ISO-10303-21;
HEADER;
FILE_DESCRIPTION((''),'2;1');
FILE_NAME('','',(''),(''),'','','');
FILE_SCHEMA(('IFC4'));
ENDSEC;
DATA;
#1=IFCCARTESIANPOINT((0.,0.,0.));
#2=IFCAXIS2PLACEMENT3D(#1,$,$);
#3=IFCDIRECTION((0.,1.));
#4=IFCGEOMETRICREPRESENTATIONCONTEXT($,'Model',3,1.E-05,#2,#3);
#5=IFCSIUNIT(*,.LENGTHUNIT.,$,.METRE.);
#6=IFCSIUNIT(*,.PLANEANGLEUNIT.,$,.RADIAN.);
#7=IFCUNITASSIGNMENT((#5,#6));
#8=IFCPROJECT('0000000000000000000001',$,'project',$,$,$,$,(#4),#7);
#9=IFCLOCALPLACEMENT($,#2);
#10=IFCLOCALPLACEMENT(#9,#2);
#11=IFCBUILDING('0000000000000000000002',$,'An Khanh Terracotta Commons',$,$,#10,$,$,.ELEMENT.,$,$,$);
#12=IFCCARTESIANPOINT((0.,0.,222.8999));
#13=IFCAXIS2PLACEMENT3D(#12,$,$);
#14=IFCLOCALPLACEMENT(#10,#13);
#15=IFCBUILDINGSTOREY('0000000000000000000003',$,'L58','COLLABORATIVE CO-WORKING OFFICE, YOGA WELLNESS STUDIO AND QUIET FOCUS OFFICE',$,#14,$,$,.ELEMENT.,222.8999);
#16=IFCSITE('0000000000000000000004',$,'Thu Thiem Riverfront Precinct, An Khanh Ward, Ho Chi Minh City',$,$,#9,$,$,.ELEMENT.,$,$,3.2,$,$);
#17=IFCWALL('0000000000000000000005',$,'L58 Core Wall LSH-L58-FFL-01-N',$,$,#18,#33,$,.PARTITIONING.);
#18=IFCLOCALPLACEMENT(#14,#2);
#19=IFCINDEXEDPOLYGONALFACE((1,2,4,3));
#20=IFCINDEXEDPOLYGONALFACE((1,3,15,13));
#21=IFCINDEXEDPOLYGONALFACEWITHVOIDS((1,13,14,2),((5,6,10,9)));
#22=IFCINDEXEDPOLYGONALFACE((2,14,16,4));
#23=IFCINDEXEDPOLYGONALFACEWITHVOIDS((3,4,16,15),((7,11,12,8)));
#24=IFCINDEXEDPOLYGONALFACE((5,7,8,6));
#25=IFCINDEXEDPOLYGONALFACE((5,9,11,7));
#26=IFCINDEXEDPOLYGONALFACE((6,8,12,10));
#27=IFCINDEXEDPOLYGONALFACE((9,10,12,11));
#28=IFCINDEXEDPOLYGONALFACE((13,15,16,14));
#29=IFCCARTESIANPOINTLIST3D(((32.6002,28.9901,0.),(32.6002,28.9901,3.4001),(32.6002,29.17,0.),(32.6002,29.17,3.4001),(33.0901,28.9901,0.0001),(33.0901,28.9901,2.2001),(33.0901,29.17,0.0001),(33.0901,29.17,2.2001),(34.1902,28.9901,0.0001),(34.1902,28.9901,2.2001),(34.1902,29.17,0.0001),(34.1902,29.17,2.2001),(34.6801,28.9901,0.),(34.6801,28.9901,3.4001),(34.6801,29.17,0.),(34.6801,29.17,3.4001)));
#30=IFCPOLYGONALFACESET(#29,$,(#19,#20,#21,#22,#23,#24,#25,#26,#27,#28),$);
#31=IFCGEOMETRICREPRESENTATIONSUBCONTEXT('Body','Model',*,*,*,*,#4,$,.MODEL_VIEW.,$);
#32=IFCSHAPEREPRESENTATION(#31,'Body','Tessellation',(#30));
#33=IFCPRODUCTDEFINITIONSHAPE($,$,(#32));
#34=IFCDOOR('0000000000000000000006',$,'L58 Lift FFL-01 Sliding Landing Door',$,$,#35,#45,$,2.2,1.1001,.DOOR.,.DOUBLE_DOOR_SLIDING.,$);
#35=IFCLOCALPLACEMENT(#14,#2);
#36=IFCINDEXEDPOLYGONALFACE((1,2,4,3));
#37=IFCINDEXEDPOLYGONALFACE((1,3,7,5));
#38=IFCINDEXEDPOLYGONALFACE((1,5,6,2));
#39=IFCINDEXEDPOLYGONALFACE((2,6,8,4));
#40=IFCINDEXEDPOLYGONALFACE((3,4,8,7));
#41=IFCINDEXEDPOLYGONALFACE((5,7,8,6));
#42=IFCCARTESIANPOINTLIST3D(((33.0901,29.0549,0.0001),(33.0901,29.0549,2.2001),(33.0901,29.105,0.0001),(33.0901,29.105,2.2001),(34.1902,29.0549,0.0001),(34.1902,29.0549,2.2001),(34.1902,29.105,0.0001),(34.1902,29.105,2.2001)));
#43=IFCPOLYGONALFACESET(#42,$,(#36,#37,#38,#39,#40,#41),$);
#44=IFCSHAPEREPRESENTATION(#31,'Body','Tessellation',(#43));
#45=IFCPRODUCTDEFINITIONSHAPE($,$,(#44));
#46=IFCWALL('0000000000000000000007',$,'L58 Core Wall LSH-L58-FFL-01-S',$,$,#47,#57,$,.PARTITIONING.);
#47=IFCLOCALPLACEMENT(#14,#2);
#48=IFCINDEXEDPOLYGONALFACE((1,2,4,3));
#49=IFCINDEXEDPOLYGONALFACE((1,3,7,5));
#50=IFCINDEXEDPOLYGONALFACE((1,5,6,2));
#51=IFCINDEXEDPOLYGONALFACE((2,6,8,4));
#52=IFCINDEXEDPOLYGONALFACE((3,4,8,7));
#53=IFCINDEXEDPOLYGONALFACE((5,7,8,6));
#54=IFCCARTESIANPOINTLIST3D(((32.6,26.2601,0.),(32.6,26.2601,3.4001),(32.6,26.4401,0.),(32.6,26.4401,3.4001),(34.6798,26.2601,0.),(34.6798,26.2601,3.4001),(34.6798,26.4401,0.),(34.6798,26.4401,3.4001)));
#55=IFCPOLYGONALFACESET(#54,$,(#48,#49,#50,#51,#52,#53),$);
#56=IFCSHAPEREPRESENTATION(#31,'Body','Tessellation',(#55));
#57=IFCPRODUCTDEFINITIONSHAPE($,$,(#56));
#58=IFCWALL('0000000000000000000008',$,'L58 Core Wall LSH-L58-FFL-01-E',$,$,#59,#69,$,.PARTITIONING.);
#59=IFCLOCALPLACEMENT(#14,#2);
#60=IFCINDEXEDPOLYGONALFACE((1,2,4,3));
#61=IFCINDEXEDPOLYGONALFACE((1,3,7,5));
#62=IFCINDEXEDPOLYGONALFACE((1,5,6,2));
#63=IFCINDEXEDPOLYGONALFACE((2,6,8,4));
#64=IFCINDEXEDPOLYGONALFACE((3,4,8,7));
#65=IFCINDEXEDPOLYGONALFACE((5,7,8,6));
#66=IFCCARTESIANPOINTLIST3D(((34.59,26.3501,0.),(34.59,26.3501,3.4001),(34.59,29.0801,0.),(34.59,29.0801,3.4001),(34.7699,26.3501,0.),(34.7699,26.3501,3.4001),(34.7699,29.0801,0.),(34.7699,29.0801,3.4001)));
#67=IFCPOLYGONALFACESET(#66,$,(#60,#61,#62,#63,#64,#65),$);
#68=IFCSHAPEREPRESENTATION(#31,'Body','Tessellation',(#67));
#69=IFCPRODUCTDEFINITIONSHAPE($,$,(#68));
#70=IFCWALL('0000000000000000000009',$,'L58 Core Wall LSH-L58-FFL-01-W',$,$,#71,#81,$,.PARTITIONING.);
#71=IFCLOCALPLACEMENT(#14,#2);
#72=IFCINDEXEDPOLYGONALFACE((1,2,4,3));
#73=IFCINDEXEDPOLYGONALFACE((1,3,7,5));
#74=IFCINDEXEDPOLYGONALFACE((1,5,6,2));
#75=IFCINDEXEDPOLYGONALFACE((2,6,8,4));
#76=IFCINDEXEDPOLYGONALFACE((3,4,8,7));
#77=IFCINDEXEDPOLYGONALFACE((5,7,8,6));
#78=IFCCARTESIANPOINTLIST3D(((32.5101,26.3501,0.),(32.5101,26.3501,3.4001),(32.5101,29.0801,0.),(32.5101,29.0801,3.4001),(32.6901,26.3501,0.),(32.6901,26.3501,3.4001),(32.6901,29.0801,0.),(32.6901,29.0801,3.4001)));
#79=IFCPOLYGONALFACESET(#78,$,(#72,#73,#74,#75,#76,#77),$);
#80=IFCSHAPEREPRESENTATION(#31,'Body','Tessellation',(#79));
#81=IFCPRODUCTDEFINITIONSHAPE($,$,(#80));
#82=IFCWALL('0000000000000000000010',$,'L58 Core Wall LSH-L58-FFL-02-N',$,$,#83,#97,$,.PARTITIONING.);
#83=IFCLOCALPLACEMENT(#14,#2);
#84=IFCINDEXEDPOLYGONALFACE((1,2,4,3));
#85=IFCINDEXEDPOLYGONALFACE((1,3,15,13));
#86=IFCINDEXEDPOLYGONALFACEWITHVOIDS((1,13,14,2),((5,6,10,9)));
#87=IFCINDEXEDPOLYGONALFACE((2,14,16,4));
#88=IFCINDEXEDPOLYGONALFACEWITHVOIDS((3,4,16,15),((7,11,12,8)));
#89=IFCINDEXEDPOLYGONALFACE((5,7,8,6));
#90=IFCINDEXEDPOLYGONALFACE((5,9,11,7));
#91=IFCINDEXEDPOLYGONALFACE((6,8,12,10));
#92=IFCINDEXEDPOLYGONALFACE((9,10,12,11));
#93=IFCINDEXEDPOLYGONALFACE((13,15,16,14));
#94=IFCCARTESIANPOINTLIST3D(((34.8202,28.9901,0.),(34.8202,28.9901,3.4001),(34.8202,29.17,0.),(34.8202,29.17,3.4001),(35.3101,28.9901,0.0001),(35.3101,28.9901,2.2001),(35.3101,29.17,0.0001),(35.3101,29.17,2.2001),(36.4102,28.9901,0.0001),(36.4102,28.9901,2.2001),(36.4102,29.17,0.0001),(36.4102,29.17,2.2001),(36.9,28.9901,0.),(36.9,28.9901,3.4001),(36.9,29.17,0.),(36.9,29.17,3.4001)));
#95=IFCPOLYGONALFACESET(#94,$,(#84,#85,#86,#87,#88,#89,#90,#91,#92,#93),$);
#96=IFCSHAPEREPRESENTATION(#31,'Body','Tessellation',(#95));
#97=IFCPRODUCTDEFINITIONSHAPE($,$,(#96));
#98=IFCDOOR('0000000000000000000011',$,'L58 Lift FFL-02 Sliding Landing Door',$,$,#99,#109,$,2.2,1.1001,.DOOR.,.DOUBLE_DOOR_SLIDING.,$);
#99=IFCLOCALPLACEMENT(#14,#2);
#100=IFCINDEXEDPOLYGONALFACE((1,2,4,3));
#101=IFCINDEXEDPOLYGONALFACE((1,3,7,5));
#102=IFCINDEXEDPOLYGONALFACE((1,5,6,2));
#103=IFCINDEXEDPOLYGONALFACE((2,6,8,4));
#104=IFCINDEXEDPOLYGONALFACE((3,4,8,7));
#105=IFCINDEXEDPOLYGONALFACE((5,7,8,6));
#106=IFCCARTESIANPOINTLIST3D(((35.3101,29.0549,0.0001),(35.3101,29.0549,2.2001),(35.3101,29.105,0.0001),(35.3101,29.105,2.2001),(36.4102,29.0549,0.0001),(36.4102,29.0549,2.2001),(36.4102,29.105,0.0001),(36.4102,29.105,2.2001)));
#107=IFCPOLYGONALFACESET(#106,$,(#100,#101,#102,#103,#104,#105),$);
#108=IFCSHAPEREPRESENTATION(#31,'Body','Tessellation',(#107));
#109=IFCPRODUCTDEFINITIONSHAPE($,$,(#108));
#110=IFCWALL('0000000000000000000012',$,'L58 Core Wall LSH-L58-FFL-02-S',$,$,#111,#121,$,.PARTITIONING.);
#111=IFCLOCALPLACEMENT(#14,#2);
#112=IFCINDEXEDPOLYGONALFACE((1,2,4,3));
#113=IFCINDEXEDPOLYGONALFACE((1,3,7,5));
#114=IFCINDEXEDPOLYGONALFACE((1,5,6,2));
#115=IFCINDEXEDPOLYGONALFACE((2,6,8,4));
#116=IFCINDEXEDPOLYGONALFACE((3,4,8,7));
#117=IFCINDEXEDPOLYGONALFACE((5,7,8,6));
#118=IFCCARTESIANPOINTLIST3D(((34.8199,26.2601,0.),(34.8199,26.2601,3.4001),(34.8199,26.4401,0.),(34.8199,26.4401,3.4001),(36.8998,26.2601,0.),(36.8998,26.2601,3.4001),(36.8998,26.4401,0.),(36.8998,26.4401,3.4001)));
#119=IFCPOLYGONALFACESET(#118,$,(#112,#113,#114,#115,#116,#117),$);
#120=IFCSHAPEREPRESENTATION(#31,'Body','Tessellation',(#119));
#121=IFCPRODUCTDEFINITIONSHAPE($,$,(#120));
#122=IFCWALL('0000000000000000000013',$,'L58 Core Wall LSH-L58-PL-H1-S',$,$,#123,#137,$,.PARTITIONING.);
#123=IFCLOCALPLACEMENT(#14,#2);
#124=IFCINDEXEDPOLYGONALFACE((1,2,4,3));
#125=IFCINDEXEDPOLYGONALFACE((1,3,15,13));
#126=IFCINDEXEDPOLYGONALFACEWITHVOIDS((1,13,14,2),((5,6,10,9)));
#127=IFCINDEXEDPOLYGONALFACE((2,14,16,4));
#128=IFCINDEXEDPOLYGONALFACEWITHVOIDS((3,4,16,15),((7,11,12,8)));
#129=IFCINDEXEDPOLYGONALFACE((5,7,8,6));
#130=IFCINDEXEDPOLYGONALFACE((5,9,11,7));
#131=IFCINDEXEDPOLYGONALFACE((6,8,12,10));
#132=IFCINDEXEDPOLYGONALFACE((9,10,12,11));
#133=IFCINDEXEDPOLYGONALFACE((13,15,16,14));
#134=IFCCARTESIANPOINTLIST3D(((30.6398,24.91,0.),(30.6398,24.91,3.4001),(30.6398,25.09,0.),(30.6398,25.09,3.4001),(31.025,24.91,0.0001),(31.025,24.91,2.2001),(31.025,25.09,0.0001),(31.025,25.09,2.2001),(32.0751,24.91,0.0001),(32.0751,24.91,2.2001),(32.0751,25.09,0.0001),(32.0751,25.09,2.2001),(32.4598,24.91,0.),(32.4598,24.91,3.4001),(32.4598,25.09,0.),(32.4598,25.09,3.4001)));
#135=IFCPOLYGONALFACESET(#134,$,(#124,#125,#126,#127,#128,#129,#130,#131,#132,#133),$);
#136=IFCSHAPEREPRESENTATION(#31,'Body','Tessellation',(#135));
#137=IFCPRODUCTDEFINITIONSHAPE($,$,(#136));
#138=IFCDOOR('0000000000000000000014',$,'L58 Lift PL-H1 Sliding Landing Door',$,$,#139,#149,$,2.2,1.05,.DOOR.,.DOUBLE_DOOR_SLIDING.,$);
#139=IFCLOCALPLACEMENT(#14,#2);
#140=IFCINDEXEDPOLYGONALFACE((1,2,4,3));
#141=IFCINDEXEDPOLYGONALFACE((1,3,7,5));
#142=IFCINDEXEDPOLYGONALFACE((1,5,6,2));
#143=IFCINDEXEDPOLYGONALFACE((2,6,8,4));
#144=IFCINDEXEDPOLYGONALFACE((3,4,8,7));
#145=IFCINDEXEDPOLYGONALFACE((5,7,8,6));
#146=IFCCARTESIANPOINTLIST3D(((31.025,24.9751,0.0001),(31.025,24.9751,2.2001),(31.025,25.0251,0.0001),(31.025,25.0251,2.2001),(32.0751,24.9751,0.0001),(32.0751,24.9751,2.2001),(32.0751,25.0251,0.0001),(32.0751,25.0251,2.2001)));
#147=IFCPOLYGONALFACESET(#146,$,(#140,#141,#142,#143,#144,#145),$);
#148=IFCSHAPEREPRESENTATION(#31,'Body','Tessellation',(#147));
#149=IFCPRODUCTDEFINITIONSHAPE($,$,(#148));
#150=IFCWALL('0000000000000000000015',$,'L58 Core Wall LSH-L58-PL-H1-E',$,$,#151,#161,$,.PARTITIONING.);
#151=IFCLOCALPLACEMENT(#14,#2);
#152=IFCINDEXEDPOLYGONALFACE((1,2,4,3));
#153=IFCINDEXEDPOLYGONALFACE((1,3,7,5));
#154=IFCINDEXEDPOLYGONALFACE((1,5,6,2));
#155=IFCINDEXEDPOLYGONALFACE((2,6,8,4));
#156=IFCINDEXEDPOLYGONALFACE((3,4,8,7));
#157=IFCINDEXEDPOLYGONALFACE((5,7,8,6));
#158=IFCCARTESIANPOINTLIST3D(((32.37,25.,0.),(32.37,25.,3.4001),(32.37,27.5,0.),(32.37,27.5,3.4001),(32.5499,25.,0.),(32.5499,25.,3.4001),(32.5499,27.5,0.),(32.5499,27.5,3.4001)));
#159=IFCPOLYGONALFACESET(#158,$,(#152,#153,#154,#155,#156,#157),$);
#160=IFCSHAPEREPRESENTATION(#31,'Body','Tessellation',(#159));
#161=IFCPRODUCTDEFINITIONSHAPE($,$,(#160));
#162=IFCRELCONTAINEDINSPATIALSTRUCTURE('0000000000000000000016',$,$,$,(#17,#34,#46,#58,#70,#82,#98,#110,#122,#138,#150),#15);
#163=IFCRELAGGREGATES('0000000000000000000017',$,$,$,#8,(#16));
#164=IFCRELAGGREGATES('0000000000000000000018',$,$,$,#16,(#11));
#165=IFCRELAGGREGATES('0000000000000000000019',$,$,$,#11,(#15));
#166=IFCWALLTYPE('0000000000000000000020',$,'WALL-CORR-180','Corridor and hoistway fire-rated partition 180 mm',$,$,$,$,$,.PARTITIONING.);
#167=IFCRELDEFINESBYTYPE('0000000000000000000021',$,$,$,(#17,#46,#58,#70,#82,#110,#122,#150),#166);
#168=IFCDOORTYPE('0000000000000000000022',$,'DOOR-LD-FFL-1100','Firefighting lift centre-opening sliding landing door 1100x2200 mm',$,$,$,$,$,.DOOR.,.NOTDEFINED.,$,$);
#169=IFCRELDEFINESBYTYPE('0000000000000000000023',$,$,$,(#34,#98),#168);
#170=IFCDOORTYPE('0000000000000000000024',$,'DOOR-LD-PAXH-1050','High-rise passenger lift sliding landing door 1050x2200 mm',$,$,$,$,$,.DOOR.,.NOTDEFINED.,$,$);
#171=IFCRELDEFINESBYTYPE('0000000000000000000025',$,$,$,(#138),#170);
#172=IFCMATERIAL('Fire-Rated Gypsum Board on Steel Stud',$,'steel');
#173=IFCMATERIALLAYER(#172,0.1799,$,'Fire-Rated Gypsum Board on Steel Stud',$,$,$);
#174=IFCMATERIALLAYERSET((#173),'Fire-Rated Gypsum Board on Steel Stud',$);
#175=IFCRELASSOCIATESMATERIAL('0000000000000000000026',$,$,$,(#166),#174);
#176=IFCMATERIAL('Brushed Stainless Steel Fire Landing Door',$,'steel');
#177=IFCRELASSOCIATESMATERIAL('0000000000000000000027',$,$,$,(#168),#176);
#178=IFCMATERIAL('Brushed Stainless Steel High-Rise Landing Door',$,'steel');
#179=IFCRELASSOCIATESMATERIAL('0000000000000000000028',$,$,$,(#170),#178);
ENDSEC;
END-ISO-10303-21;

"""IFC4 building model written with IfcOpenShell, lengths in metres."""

from ifc_helpers import new_model, si_unit, direction, frame, frame_2d, origin, place, context, subcontext, project, spatial, rectangle, extrude, material, layer, layer_set, type_object, element, fill, save


model = new_model("IFC4")

# Units and contexts
model_context = context("Model", 3, precision=1e-05, world=origin(), true_north=direction((0.0, 1.0)))
body_context = subcontext(model_context, "Body", "Model", "MODEL_VIEW")
ifc_project = project(units=[si_unit("LENGTHUNIT", "METRE"), si_unit("PLANEANGLEUNIT", "RADIAN")], contexts=[model_context])

# Site, building, storey
site_placement = place(None, origin())
site = spatial("IfcSite", under=ifc_project, at=site_placement, Name="Thu Thiem Riverfront Precinct, An Khanh Ward, Ho Chi Minh City", CompositionType="ELEMENT", RefElevation=3.2)
building_placement = place(site_placement, origin())
building = spatial("IfcBuilding", under=site, at=building_placement, Name="An Khanh Terracotta Commons", CompositionType="ELEMENT")
storey_placement = place(building_placement, frame((0.0, 0.0, 222.8999)))
storey = spatial("IfcBuildingStorey", under=building, at=storey_placement, Name="L58", Description="COLLABORATIVE CO-WORKING OFFICE, YOGA WELLNESS STUDIO AND QUIET FOCUS OFFICE", CompositionType="ELEMENT", Elevation=222.8999)

# Shared definitions
ifc_material_1 = material(Name="Fire-Rated Gypsum Board on Steel Stud", Category="steel")
ifc_layer_1 = layer(ifc_material_1, 0.1799, Name="Fire-Rated Gypsum Board on Steel Stud")
ifc_layer_set_1 = layer_set([ifc_layer_1], Name="Fire-Rated Gypsum Board on Steel Stud")
wall_type_1 = type_object("IfcWallType", Name="WALL-CORR-180", Description="Corridor and hoistway fire-rated partition 180 mm", PredefinedType="PARTITIONING", material=ifc_layer_set_1)

# Wall, opening, door
wall_1_placement = place(storey_placement, frame((32.6001, 29.0801, 0.0), z_axis=(0.0, 0.0, 1.0), x_axis=(1.0, 0.0, 0.0)))
wall_1 = element("IfcWall", 1, at=wall_1_placement, inside=storey, type_object=wall_type_1, Name="L58 Core Wall LSH-L58-FFL-01-N", PredefinedType="PARTITIONING", context=body_context, shape_type="SweptSolid", body=[
    extrude(rectangle(XDim=2.0798, YDim=0.1799, at=frame_2d((1.04, 0.0))), origin(), (0.0, 0.0, 1.0), 3.4001),
])
opening_1_placement = place(wall_1_placement, frame((0.49, 0.0, 0.0)))
opening_1 = element("IfcOpeningElement", 2, at=opening_1_placement, cuts=wall_1, PredefinedType="OPENING", context=body_context, shape_type="SweptSolid", body=[
    extrude(rectangle(XDim=1.1001, YDim=2.2, at=frame_2d((0.55, 1.1001))), frame((0.0, 0.0999, 0.0), z_axis=(0.0, -1.0, 0.0), x_axis=(1.0, 0.0, 0.0)), (0.0, 0.0, 1.0), 0.2),
])
ifc_material_2 = material(Name="Brushed Stainless Steel Fire Landing Door", Category="steel")
door_type_1 = type_object("IfcDoorType", Name="DOOR-LD-FFL-1100", Description="Firefighting lift centre-opening sliding landing door 1100x2200 mm", OperationType="NOTDEFINED", PredefinedType="DOOR", material=ifc_material_2)
door_1_placement = place(opening_1_placement, origin())
door_1 = element("IfcDoor", 3, at=door_1_placement, inside=storey, type_object=door_type_1, Name="L58 Lift FFL-01 Sliding Landing Door", OperationType="DOUBLE_DOOR_SLIDING", OverallHeight=2.2, OverallWidth=1.1001, PredefinedType="DOOR", context=body_context, shape_type="SweptSolid", body=[
    extrude(rectangle(XDim=1.1001, YDim=2.2, at=frame_2d((0.55, 1.1001))), frame((0.0, 0.0249, 0.0), z_axis=(0.0, -1.0, 0.0), x_axis=(1.0, 0.0, 0.0)), (0.0, 0.0, 1.0), 0.05),
])
fill(opening_1, door_1)

# Walls
wall_2_placement = place(storey_placement, frame((34.6799, 26.3501, 0.0), z_axis=(0.0, 0.0, 1.0), x_axis=(-1.0, 0.0, 0.0)))
element("IfcWall", 4, at=wall_2_placement, inside=storey, type_object=wall_type_1, Name="L58 Core Wall LSH-L58-FFL-01-S", PredefinedType="PARTITIONING", context=body_context, shape_type="SweptSolid", body=[
    extrude(rectangle(XDim=2.0798, YDim=0.1799, at=frame_2d((1.04, 0.0))), origin(), (0.0, 0.0, 1.0), 3.4001),
])
for number, where, z_axis, x_axis, name in (
    (5, (34.6799, 26.3501, 0.0), (0.0, 0.0, 1.0), (0.0, 1.0, 0.0), "L58 Core Wall LSH-L58-FFL-01-E"),
    (6, (32.6001, 29.0801, 0.0), (0.0, 0.0, 1.0), (0.0, -1.0, 0.0), "L58 Core Wall LSH-L58-FFL-01-W"),
):
    element("IfcWall", number, at=place(storey_placement, frame(where, z_axis=z_axis, x_axis=x_axis)), inside=storey, type_object=wall_type_1, Name=name, PredefinedType="PARTITIONING", context=body_context, shape_type="SweptSolid", body=[
        extrude(rectangle(XDim=2.73, YDim=0.1799, at=frame_2d((1.365, 0.0))), origin(), (0.0, 0.0, 1.0), 3.4001),
    ])

# Wall, opening, door
wall_3_placement = place(storey_placement, frame((34.8201, 29.0801, 0.0), z_axis=(0.0, 0.0, 1.0), x_axis=(1.0, 0.0, 0.0)))
wall_3 = element("IfcWall", 7, at=wall_3_placement, inside=storey, type_object=wall_type_1, Name="L58 Core Wall LSH-L58-FFL-02-N", PredefinedType="PARTITIONING", context=body_context, shape_type="SweptSolid", body=[
    extrude(rectangle(XDim=2.0798, YDim=0.1799, at=frame_2d((1.04, 0.0))), origin(), (0.0, 0.0, 1.0), 3.4001),
])
opening_2_placement = place(wall_3_placement, frame((0.49, 0.0, 0.0)))
opening_2 = element("IfcOpeningElement", 8, at=opening_2_placement, cuts=wall_3, PredefinedType="OPENING", context=body_context, shape_type="SweptSolid", body=[
    extrude(rectangle(XDim=1.1001, YDim=2.2, at=frame_2d((0.55, 1.1001))), frame((0.0, 0.0999, 0.0), z_axis=(0.0, -1.0, 0.0), x_axis=(1.0, 0.0, 0.0)), (0.0, 0.0, 1.0), 0.2),
])
door_2_placement = place(opening_2_placement, origin())
door_2 = element("IfcDoor", 9, at=door_2_placement, inside=storey, type_object=door_type_1, Name="L58 Lift FFL-02 Sliding Landing Door", OperationType="DOUBLE_DOOR_SLIDING", OverallHeight=2.2, OverallWidth=1.1001, PredefinedType="DOOR", context=body_context, shape_type="SweptSolid", body=[
    extrude(rectangle(XDim=1.1001, YDim=2.2, at=frame_2d((0.55, 1.1001))), frame((0.0, 0.0249, 0.0), z_axis=(0.0, -1.0, 0.0), x_axis=(1.0, 0.0, 0.0)), (0.0, 0.0, 1.0), 0.05),
])
fill(opening_2, door_2)

# Wall
wall_4_placement = place(storey_placement, frame((36.8999, 26.3501, 0.0), z_axis=(0.0, 0.0, 1.0), x_axis=(-1.0, 0.0, 0.0)))
element("IfcWall", 10, at=wall_4_placement, inside=storey, type_object=wall_type_1, Name="L58 Core Wall LSH-L58-FFL-02-S", PredefinedType="PARTITIONING", context=body_context, shape_type="SweptSolid", body=[
    extrude(rectangle(XDim=2.0798, YDim=0.1799, at=frame_2d((1.04, 0.0))), origin(), (0.0, 0.0, 1.0), 3.4001),
])

# Wall, opening, door
wall_5_placement = place(storey_placement, frame((32.46, 25.0, 0.0), z_axis=(0.0, 0.0, 1.0), x_axis=(-1.0, 0.0, 0.0)))
wall_5 = element("IfcWall", 11, at=wall_5_placement, inside=storey, type_object=wall_type_1, Name="L58 Core Wall LSH-L58-PL-H1-S", PredefinedType="PARTITIONING", context=body_context, shape_type="SweptSolid", body=[
    extrude(rectangle(XDim=1.8201, YDim=0.1799, at=frame_2d((0.9102, 0.0))), origin(), (0.0, 0.0, 1.0), 3.4001),
])
opening_3_placement = place(wall_5_placement, frame((0.385, 0.0, 0.0)))
opening_3 = element("IfcOpeningElement", 12, at=opening_3_placement, cuts=wall_5, PredefinedType="OPENING", context=body_context, shape_type="SweptSolid", body=[
    extrude(rectangle(XDim=1.05, YDim=2.2, at=frame_2d((0.5249, 1.1001))), frame((0.0, 0.0999, 0.0), z_axis=(0.0, -1.0, 0.0), x_axis=(1.0, 0.0, 0.0)), (0.0, 0.0, 1.0), 0.2),
])
ifc_material_3 = material(Name="Brushed Stainless Steel High-Rise Landing Door", Category="steel")
door_type_2 = type_object("IfcDoorType", Name="DOOR-LD-PAXH-1050", Description="High-rise passenger lift sliding landing door 1050x2200 mm", OperationType="NOTDEFINED", PredefinedType="DOOR", material=ifc_material_3)
door_3_placement = place(opening_3_placement, origin())
door_3 = element("IfcDoor", 13, at=door_3_placement, inside=storey, type_object=door_type_2, Name="L58 Lift PL-H1 Sliding Landing Door", OperationType="DOUBLE_DOOR_SLIDING", OverallHeight=2.2, OverallWidth=1.05, PredefinedType="DOOR", context=body_context, shape_type="SweptSolid", body=[
    extrude(rectangle(XDim=1.05, YDim=2.2, at=frame_2d((0.5249, 1.1001))), frame((0.0, 0.0249, 0.0), z_axis=(0.0, -1.0, 0.0), x_axis=(1.0, 0.0, 0.0)), (0.0, 0.0, 1.0), 0.05),
])
fill(opening_3, door_3)

# Wall
wall_6_placement = place(storey_placement, frame((32.46, 25.0, 0.0), z_axis=(0.0, 0.0, 1.0), x_axis=(0.0, 1.0, 0.0)))
element("IfcWall", 14, at=wall_6_placement, inside=storey, type_object=wall_type_1, Name="L58 Core Wall LSH-L58-PL-H1-E", PredefinedType="PARTITIONING", context=body_context, shape_type="SweptSolid", body=[
    extrude(rectangle(XDim=2.5, YDim=0.1799, at=frame_2d((1.25, 0.0))), origin(), (0.0, 0.0, 1.0), 3.4001),
])

save(model, "model.ifc")
